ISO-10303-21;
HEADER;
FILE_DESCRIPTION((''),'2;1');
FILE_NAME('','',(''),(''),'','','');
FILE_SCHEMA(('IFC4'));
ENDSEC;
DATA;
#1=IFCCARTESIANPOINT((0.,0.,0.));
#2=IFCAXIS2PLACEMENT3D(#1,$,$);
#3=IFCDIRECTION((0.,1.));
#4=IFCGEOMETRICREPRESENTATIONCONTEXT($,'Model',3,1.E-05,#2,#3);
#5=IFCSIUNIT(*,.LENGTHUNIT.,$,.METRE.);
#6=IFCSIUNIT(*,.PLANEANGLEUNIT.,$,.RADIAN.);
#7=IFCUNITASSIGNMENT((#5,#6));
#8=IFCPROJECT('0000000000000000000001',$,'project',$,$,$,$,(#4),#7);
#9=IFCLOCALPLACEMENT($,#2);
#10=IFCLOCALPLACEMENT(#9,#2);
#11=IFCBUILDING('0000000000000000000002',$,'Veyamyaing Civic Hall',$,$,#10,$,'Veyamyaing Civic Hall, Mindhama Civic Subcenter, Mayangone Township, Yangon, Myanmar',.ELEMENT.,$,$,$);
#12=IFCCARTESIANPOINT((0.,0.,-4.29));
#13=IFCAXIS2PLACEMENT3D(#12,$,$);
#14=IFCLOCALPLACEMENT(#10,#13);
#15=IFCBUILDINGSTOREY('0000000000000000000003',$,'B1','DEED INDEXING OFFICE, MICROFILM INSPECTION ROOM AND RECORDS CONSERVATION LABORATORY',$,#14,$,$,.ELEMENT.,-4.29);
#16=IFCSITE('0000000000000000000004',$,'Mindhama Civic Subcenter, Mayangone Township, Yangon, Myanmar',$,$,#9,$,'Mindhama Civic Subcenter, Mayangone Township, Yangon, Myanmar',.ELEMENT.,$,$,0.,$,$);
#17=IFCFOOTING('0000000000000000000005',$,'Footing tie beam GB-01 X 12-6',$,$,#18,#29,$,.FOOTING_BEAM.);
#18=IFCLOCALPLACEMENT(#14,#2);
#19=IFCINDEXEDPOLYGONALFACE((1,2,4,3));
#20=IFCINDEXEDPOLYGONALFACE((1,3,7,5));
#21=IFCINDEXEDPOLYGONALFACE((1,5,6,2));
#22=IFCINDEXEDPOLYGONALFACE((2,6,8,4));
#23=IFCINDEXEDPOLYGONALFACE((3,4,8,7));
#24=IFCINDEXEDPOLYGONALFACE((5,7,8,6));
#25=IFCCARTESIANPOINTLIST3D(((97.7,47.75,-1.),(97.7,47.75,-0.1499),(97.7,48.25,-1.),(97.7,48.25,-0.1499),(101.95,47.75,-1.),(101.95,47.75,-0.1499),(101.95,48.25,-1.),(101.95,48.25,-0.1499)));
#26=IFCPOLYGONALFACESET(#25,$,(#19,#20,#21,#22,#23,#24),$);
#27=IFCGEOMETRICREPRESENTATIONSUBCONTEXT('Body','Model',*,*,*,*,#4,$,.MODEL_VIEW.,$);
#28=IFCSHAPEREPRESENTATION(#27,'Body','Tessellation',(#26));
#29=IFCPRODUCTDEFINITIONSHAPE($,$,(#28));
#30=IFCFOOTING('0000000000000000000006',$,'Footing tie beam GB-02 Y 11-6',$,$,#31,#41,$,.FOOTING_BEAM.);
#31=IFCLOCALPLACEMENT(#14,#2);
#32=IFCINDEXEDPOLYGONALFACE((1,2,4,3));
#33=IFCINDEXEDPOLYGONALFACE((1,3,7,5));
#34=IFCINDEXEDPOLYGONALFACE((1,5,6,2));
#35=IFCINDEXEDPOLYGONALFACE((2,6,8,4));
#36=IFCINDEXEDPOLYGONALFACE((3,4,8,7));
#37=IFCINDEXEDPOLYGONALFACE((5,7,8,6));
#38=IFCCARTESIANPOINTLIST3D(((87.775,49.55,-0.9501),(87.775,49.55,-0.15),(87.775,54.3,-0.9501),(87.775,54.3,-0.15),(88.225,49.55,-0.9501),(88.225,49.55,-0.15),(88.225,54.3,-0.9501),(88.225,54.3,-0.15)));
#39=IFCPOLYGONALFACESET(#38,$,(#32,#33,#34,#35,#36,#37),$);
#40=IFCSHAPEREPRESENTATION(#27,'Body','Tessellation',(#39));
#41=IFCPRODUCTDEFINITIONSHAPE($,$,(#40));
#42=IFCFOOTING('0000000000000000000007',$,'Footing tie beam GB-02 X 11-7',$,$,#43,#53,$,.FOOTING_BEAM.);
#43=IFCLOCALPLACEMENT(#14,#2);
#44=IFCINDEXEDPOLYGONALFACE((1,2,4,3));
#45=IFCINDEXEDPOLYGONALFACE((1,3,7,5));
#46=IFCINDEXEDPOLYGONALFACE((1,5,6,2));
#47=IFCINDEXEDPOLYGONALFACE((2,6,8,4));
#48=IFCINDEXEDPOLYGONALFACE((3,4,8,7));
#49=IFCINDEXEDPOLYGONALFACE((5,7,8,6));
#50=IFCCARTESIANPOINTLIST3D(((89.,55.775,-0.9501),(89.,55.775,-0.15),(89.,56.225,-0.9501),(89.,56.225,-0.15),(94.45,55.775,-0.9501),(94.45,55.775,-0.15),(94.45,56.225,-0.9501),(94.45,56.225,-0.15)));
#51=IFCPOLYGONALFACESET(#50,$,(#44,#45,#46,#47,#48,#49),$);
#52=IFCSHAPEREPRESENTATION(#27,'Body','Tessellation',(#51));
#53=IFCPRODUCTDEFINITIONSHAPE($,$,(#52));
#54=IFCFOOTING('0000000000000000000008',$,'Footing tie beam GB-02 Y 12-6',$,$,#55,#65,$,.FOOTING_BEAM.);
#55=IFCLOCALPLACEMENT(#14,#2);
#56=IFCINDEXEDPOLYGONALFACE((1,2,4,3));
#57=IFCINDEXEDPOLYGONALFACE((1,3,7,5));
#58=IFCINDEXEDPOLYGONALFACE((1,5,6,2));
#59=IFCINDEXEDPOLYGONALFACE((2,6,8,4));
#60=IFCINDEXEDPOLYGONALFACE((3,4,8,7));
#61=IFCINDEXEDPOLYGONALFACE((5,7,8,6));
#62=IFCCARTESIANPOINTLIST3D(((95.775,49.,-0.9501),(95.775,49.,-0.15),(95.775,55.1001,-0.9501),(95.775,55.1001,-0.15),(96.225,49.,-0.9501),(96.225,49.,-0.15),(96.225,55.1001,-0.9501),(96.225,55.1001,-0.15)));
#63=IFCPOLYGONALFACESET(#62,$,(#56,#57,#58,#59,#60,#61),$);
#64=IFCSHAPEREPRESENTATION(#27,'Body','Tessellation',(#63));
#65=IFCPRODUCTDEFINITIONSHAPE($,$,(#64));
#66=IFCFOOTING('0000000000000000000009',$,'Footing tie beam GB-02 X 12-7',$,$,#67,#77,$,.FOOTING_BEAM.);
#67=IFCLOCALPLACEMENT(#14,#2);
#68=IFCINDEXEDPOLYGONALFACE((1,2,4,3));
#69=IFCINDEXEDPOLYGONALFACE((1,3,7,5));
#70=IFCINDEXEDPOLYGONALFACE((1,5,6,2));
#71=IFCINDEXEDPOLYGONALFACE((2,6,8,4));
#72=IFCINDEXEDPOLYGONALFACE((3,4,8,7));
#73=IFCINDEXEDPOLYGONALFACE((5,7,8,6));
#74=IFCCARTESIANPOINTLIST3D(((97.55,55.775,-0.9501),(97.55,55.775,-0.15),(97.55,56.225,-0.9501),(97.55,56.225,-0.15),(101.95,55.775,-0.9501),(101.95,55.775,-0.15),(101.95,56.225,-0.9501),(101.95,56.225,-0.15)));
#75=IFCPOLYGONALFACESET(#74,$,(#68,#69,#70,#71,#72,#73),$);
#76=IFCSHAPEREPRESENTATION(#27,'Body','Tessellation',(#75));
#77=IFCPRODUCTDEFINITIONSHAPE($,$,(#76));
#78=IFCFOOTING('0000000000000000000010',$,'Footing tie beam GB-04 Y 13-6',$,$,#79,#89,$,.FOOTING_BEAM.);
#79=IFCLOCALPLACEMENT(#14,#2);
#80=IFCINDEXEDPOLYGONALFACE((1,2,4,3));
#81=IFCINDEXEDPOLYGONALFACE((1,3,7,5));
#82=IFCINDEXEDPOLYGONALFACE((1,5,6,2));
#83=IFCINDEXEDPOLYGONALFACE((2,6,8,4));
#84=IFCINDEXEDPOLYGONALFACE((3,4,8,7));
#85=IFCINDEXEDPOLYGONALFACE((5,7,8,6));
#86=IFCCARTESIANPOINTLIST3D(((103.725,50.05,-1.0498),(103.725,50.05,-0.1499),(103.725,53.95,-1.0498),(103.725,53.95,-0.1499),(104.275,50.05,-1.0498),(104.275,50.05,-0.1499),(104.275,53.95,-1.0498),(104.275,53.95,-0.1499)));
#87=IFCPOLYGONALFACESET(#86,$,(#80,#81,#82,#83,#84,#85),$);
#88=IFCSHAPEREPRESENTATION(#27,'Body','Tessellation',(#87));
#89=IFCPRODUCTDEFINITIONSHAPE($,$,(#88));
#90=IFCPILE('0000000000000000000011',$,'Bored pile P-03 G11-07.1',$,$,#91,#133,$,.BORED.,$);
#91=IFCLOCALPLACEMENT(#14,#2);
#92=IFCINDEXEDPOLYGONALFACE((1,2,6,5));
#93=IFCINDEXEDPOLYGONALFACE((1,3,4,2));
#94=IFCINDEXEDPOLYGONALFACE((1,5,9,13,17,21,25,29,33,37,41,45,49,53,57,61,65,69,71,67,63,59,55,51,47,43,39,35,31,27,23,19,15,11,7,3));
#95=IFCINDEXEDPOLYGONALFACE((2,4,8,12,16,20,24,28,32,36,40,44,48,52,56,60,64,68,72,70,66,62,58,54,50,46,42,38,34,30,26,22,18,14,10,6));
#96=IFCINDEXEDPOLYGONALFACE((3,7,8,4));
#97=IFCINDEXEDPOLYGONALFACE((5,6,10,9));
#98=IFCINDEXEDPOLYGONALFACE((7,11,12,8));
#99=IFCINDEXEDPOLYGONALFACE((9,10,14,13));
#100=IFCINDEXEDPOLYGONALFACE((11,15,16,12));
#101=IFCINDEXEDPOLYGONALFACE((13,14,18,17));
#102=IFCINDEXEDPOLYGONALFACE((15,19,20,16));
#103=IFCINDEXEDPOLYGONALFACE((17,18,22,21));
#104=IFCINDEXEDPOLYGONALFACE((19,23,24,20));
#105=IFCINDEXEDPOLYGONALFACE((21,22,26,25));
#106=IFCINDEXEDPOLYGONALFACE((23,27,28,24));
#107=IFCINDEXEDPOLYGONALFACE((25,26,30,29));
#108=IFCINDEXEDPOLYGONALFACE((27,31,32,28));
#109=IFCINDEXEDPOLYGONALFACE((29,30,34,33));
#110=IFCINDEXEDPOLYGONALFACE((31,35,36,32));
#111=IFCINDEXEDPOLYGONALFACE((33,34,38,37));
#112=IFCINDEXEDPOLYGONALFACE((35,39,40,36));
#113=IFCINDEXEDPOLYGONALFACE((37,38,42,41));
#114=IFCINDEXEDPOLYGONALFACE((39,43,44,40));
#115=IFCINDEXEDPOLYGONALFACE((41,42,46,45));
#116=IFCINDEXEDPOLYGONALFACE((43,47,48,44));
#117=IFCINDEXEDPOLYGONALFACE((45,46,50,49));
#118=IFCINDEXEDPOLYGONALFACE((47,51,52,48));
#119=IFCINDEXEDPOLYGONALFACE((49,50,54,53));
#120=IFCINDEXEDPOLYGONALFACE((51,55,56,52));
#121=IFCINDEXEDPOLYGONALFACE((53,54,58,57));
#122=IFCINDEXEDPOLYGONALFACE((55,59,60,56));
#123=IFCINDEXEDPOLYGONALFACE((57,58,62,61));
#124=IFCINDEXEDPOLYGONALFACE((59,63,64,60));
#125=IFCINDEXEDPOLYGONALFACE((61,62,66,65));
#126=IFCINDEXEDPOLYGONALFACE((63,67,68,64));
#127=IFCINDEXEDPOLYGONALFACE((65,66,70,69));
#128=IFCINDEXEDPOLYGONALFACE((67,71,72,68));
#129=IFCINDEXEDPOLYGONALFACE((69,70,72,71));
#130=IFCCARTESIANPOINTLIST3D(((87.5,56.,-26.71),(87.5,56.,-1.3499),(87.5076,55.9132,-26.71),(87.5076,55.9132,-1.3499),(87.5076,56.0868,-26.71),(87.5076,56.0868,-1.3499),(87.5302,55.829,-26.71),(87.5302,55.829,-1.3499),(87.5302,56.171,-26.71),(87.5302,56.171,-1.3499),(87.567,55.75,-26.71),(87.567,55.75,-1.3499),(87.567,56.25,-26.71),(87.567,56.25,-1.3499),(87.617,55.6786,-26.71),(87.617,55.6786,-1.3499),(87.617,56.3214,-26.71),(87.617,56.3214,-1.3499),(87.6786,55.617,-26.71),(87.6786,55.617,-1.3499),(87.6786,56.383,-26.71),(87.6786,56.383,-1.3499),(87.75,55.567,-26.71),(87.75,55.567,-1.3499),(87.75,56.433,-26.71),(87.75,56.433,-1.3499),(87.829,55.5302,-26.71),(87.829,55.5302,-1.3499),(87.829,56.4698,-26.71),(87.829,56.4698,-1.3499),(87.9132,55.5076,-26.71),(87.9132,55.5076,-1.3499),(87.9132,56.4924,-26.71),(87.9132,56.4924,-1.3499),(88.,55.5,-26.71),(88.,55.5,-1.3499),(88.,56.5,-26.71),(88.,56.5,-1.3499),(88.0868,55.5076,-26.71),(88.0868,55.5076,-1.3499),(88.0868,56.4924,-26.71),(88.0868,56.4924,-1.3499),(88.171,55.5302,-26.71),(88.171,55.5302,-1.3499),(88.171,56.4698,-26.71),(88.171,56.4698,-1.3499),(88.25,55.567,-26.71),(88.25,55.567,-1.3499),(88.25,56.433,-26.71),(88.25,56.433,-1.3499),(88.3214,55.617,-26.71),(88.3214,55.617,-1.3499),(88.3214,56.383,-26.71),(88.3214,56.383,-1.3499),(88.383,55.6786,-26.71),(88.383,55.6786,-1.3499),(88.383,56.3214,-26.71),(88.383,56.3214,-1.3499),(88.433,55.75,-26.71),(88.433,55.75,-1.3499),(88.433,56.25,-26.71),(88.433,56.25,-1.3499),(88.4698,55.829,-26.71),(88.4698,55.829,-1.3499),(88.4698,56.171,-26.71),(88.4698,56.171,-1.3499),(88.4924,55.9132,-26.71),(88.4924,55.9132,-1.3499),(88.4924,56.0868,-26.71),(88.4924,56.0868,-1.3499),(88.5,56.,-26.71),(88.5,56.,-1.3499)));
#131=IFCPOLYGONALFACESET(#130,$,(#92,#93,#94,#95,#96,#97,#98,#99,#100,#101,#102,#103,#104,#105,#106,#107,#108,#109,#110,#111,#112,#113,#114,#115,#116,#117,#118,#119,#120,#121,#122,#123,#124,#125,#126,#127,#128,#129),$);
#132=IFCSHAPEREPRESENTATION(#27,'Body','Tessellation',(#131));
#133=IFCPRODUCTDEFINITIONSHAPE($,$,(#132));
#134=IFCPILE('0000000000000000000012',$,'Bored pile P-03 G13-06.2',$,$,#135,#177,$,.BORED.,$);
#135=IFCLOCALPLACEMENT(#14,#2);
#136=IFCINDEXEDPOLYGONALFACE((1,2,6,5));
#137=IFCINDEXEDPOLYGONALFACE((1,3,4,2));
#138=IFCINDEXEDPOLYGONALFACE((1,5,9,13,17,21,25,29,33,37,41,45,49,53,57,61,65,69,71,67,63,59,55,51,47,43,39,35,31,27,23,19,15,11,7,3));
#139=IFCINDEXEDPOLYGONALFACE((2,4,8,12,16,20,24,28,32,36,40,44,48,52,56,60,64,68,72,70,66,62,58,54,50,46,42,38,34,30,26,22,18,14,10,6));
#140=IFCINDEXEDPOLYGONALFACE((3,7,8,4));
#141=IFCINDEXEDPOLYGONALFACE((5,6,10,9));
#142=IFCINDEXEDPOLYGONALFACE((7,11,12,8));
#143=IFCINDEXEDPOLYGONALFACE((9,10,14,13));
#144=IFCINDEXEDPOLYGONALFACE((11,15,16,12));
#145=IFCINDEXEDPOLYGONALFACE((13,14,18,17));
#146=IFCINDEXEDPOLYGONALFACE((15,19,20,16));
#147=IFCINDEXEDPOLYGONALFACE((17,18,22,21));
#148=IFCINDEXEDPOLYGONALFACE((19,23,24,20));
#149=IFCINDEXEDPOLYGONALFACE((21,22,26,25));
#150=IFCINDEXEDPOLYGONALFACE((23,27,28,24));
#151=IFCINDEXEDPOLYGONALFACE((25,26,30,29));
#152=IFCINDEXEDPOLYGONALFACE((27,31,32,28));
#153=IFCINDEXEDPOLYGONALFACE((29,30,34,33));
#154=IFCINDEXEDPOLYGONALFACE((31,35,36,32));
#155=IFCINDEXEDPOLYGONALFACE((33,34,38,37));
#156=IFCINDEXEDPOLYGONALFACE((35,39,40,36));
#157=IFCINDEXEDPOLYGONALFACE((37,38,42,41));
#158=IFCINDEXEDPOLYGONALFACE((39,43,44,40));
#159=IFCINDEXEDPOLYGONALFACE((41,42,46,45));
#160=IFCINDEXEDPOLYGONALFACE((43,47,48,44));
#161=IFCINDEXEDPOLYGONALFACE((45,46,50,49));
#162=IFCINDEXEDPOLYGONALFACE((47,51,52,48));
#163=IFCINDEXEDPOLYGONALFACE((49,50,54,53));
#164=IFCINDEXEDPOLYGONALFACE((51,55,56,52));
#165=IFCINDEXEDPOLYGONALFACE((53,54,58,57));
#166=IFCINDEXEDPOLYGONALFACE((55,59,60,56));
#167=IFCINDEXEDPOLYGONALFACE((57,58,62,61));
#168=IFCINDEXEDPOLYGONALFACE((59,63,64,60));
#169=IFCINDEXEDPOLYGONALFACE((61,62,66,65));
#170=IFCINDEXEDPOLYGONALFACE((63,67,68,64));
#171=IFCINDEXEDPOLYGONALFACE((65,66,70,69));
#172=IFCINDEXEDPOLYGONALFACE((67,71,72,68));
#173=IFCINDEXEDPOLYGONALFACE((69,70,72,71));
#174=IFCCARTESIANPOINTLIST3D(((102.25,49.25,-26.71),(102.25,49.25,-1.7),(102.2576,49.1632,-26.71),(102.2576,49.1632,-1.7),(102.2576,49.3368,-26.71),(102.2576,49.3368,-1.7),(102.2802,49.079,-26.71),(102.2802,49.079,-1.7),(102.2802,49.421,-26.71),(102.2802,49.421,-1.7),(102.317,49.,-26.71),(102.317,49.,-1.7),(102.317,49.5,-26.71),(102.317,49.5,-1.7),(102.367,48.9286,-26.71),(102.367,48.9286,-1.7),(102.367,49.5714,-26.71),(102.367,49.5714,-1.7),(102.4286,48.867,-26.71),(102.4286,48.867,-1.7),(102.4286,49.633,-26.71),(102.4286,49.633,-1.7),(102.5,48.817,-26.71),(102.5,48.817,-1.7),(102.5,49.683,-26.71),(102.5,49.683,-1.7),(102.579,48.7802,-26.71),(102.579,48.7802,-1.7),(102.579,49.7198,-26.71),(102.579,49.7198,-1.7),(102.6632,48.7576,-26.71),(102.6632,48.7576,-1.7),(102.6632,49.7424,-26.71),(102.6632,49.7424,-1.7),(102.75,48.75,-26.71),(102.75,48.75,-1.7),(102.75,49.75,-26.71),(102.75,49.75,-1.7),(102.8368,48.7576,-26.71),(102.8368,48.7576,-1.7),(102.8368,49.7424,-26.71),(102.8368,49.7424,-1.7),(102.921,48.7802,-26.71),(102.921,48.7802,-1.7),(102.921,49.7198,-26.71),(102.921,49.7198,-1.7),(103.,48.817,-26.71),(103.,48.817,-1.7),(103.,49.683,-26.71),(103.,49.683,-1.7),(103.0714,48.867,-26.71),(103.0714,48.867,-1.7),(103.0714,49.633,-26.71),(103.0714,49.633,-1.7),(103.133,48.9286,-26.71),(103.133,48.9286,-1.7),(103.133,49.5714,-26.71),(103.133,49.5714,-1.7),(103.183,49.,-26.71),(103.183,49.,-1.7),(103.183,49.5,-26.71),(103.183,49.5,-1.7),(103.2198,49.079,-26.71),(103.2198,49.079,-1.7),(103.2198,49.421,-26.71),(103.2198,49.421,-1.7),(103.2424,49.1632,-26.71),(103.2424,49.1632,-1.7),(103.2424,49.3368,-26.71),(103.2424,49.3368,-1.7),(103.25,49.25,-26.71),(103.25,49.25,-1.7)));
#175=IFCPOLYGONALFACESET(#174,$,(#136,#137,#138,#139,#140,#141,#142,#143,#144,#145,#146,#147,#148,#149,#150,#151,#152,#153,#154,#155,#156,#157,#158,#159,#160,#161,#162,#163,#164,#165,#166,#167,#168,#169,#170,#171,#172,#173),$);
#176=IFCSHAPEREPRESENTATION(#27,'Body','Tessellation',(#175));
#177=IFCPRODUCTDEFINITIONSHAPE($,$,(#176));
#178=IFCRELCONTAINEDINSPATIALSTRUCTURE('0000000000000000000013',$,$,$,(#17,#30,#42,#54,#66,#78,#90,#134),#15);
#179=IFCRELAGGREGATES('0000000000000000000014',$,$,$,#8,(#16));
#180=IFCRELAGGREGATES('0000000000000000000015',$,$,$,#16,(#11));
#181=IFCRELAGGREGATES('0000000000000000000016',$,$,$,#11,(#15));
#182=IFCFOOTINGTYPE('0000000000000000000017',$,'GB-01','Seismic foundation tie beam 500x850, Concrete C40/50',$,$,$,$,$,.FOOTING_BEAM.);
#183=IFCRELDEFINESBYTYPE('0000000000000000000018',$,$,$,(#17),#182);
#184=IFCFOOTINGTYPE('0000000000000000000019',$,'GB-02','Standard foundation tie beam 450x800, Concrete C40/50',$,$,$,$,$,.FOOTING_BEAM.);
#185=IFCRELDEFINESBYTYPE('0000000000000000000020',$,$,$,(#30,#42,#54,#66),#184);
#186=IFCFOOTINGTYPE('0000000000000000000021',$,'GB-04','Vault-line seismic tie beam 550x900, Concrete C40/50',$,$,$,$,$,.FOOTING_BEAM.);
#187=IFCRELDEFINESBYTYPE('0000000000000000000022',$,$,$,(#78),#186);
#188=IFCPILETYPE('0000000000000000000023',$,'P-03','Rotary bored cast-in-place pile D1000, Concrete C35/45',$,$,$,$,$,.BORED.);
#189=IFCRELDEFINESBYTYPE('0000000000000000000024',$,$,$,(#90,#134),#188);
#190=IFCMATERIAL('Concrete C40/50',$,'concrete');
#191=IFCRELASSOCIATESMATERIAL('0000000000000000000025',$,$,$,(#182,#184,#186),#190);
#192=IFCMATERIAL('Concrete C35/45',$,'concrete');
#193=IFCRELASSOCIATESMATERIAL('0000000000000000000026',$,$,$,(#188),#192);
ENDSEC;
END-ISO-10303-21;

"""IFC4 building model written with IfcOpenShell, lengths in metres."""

from ifc_helpers import new_model, si_unit, direction, frame, origin, origin_2d, place, context, subcontext, project, spatial, rectangle, circle, extrude, material, material_profile, profile_set, type_object, element, save


model = new_model("IFC4")

# Units and contexts
model_context = context("Model", 3, precision=1e-05, world=origin(), true_north=direction((0.0, 1.0)))
body_context = subcontext(model_context, "Body", "Model", "MODEL_VIEW")
ifc_project = project(units=[si_unit("LENGTHUNIT", "METRE"), si_unit("PLANEANGLEUNIT", "RADIAN")], contexts=[model_context])

# Site, building, storey
site_placement = place(None, origin())
site = spatial("IfcSite", under=ifc_project, at=site_placement, Name="Mindhama Civic Subcenter, Mayangone Township, Yangon, Myanmar", LongName="Mindhama Civic Subcenter, Mayangone Township, Yangon, Myanmar", CompositionType="ELEMENT", RefElevation=0.0)
building_placement = place(site_placement, origin())
building = spatial("IfcBuilding", under=site, at=building_placement, Name="Veyamyaing Civic Hall", LongName="Veyamyaing Civic Hall, Mindhama Civic Subcenter, Mayangone Township, Yangon, Myanmar", CompositionType="ELEMENT")
storey_placement = place(building_placement, frame((0.0, 0.0, -4.29)))
storey = spatial("IfcBuildingStorey", under=building, at=storey_placement, Name="B1", Description="DEED INDEXING OFFICE, MICROFILM INSPECTION ROOM AND RECORDS CONSERVATION LABORATORY", CompositionType="ELEMENT", Elevation=-4.29)

# Footings
ifc_material_1 = material(Name="Concrete C40/50", Category="concrete")
ifc_material_profile_1 = material_profile(ifc_material_1, rectangle(XDim=0.5, YDim=0.8501, at=origin_2d()), Name="GB-500X850")
ifc_profile_set_1 = profile_set([ifc_material_profile_1], Name="Concrete C40/50")
footing_type_1 = type_object("IfcFootingType", Name="GB-01", Description="Seismic foundation tie beam 500x850, Concrete C40/50", PredefinedType="FOOTING_BEAM", material=ifc_profile_set_1)
footing_1_placement = place(storey_placement, frame((97.7, 48.0, -0.575), z_axis=(1.0, 0.0, 0.0), x_axis=(0.0, 1.0, 0.0)))
element("IfcFooting", 1, at=footing_1_placement, inside=storey, type_object=footing_type_1, Name="Footing tie beam GB-01 X 12-6", PredefinedType="FOOTING_BEAM", context=body_context, shape_type="SweptSolid", body=[
    extrude(rectangle(XDim=0.5, YDim=0.8501, at=origin_2d()), origin(), (0.0, 0.0, 1.0), 4.25),
])
ifc_material_profile_2 = material_profile(ifc_material_1, rectangle(XDim=0.45, YDim=0.8, at=origin_2d()), Name="GB-450X800")
ifc_profile_set_2 = profile_set([ifc_material_profile_2], Name="Concrete C40/50")
footing_type_2 = type_object("IfcFootingType", Name="GB-02", Description="Standard foundation tie beam 450x800, Concrete C40/50", PredefinedType="FOOTING_BEAM", material=ifc_profile_set_2)
footing_2_placement = place(storey_placement, frame((88.0, 49.55, -0.55), z_axis=(0.0, 1.0, 0.0), x_axis=(-1.0, 0.0, 0.0)))
element("IfcFooting", 2, at=footing_2_placement, inside=storey, type_object=footing_type_2, Name="Footing tie beam GB-02 Y 11-6", PredefinedType="FOOTING_BEAM", context=body_context, shape_type="SweptSolid", body=[
    extrude(rectangle(XDim=0.45, YDim=0.8, at=origin_2d()), origin(), (0.0, 0.0, 1.0), 4.75),
])
footing_3_placement = place(storey_placement, frame((89.0, 56.0, -0.55), z_axis=(1.0, 0.0, 0.0), x_axis=(0.0, 1.0, 0.0)))
element("IfcFooting", 3, at=footing_3_placement, inside=storey, type_object=footing_type_2, Name="Footing tie beam GB-02 X 11-7", PredefinedType="FOOTING_BEAM", context=body_context, shape_type="SweptSolid", body=[
    extrude(rectangle(XDim=0.45, YDim=0.8, at=origin_2d()), origin(), (0.0, 0.0, 1.0), 5.45),
])
footing_4_placement = place(storey_placement, frame((96.0, 49.0, -0.55), z_axis=(0.0, 1.0, 0.0), x_axis=(-1.0, 0.0, 0.0)))
element("IfcFooting", 4, at=footing_4_placement, inside=storey, type_object=footing_type_2, Name="Footing tie beam GB-02 Y 12-6", PredefinedType="FOOTING_BEAM", context=body_context, shape_type="SweptSolid", body=[
    extrude(rectangle(XDim=0.45, YDim=0.8, at=origin_2d()), origin(), (0.0, 0.0, 1.0), 6.1001),
])
footing_5_placement = place(storey_placement, frame((97.55, 56.0, -0.55), z_axis=(1.0, 0.0, 0.0), x_axis=(0.0, 1.0, 0.0)))
element("IfcFooting", 5, at=footing_5_placement, inside=storey, type_object=footing_type_2, Name="Footing tie beam GB-02 X 12-7", PredefinedType="FOOTING_BEAM", context=body_context, shape_type="SweptSolid", body=[
    extrude(rectangle(XDim=0.45, YDim=0.8, at=origin_2d()), origin(), (0.0, 0.0, 1.0), 4.3999),
])
ifc_material_profile_3 = material_profile(ifc_material_1, rectangle(XDim=0.55, YDim=0.8999, at=origin_2d()), Name="GB-550X900")
ifc_profile_set_3 = profile_set([ifc_material_profile_3], Name="Concrete C40/50")
footing_type_3 = type_object("IfcFootingType", Name="GB-04", Description="Vault-line seismic tie beam 550x900, Concrete C40/50", PredefinedType="FOOTING_BEAM", material=ifc_profile_set_3)
footing_6_placement = place(storey_placement, frame((104.0, 50.05, -0.5999), z_axis=(0.0, 1.0, 0.0), x_axis=(-1.0, 0.0, 0.0)))
element("IfcFooting", 6, at=footing_6_placement, inside=storey, type_object=footing_type_3, Name="Footing tie beam GB-04 Y 13-6", PredefinedType="FOOTING_BEAM", context=body_context, shape_type="SweptSolid", body=[
    extrude(rectangle(XDim=0.55, YDim=0.8999, at=origin_2d()), origin(), (0.0, 0.0, 1.0), 3.8999),
])

# Piles
ifc_material_2 = material(Name="Concrete C35/45", Category="concrete")
ifc_material_profile_4 = material_profile(ifc_material_2, circle(Radius=0.5, at=origin_2d()), Name="PILE-D1000")
ifc_profile_set_4 = profile_set([ifc_material_profile_4], Name="Concrete C35/45")
pile_type_1 = type_object("IfcPileType", Name="P-03", Description="Rotary bored cast-in-place pile D1000, Concrete C35/45", PredefinedType="BORED", material=ifc_profile_set_4)
pile_1_placement = place(storey_placement, frame((88.0, 56.0, -1.3499), z_axis=(0.0, 0.0, -1.0), x_axis=(1.0, 0.0, 0.0)))
element("IfcPile", 7, at=pile_1_placement, inside=storey, type_object=pile_type_1, Name="Bored pile P-03 G11-07.1", PredefinedType="BORED", context=body_context, shape_type="SweptSolid", body=[
    extrude(circle(Radius=0.5, at=origin_2d()), origin(), (0.0, 0.0, 1.0), 25.3601),
])
for number, where, z_axis, x_axis, name in (
    (8, (102.75, 49.25, -1.7), (0.0, 0.0, -1.0), (1.0, 0.0, 0.0), "Bored pile P-03 G13-06.2"),
):
    element("IfcPile", number, at=place(storey_placement, frame(where, z_axis=z_axis, x_axis=x_axis)), inside=storey, type_object=pile_type_1, Name=name, PredefinedType="BORED", context=body_context, shape_type="SweptSolid", body=[
        extrude(circle(Radius=0.5, at=origin_2d()), origin(), (0.0, 0.0, 1.0), 25.01),
    ])

save(model, "model.ifc")
